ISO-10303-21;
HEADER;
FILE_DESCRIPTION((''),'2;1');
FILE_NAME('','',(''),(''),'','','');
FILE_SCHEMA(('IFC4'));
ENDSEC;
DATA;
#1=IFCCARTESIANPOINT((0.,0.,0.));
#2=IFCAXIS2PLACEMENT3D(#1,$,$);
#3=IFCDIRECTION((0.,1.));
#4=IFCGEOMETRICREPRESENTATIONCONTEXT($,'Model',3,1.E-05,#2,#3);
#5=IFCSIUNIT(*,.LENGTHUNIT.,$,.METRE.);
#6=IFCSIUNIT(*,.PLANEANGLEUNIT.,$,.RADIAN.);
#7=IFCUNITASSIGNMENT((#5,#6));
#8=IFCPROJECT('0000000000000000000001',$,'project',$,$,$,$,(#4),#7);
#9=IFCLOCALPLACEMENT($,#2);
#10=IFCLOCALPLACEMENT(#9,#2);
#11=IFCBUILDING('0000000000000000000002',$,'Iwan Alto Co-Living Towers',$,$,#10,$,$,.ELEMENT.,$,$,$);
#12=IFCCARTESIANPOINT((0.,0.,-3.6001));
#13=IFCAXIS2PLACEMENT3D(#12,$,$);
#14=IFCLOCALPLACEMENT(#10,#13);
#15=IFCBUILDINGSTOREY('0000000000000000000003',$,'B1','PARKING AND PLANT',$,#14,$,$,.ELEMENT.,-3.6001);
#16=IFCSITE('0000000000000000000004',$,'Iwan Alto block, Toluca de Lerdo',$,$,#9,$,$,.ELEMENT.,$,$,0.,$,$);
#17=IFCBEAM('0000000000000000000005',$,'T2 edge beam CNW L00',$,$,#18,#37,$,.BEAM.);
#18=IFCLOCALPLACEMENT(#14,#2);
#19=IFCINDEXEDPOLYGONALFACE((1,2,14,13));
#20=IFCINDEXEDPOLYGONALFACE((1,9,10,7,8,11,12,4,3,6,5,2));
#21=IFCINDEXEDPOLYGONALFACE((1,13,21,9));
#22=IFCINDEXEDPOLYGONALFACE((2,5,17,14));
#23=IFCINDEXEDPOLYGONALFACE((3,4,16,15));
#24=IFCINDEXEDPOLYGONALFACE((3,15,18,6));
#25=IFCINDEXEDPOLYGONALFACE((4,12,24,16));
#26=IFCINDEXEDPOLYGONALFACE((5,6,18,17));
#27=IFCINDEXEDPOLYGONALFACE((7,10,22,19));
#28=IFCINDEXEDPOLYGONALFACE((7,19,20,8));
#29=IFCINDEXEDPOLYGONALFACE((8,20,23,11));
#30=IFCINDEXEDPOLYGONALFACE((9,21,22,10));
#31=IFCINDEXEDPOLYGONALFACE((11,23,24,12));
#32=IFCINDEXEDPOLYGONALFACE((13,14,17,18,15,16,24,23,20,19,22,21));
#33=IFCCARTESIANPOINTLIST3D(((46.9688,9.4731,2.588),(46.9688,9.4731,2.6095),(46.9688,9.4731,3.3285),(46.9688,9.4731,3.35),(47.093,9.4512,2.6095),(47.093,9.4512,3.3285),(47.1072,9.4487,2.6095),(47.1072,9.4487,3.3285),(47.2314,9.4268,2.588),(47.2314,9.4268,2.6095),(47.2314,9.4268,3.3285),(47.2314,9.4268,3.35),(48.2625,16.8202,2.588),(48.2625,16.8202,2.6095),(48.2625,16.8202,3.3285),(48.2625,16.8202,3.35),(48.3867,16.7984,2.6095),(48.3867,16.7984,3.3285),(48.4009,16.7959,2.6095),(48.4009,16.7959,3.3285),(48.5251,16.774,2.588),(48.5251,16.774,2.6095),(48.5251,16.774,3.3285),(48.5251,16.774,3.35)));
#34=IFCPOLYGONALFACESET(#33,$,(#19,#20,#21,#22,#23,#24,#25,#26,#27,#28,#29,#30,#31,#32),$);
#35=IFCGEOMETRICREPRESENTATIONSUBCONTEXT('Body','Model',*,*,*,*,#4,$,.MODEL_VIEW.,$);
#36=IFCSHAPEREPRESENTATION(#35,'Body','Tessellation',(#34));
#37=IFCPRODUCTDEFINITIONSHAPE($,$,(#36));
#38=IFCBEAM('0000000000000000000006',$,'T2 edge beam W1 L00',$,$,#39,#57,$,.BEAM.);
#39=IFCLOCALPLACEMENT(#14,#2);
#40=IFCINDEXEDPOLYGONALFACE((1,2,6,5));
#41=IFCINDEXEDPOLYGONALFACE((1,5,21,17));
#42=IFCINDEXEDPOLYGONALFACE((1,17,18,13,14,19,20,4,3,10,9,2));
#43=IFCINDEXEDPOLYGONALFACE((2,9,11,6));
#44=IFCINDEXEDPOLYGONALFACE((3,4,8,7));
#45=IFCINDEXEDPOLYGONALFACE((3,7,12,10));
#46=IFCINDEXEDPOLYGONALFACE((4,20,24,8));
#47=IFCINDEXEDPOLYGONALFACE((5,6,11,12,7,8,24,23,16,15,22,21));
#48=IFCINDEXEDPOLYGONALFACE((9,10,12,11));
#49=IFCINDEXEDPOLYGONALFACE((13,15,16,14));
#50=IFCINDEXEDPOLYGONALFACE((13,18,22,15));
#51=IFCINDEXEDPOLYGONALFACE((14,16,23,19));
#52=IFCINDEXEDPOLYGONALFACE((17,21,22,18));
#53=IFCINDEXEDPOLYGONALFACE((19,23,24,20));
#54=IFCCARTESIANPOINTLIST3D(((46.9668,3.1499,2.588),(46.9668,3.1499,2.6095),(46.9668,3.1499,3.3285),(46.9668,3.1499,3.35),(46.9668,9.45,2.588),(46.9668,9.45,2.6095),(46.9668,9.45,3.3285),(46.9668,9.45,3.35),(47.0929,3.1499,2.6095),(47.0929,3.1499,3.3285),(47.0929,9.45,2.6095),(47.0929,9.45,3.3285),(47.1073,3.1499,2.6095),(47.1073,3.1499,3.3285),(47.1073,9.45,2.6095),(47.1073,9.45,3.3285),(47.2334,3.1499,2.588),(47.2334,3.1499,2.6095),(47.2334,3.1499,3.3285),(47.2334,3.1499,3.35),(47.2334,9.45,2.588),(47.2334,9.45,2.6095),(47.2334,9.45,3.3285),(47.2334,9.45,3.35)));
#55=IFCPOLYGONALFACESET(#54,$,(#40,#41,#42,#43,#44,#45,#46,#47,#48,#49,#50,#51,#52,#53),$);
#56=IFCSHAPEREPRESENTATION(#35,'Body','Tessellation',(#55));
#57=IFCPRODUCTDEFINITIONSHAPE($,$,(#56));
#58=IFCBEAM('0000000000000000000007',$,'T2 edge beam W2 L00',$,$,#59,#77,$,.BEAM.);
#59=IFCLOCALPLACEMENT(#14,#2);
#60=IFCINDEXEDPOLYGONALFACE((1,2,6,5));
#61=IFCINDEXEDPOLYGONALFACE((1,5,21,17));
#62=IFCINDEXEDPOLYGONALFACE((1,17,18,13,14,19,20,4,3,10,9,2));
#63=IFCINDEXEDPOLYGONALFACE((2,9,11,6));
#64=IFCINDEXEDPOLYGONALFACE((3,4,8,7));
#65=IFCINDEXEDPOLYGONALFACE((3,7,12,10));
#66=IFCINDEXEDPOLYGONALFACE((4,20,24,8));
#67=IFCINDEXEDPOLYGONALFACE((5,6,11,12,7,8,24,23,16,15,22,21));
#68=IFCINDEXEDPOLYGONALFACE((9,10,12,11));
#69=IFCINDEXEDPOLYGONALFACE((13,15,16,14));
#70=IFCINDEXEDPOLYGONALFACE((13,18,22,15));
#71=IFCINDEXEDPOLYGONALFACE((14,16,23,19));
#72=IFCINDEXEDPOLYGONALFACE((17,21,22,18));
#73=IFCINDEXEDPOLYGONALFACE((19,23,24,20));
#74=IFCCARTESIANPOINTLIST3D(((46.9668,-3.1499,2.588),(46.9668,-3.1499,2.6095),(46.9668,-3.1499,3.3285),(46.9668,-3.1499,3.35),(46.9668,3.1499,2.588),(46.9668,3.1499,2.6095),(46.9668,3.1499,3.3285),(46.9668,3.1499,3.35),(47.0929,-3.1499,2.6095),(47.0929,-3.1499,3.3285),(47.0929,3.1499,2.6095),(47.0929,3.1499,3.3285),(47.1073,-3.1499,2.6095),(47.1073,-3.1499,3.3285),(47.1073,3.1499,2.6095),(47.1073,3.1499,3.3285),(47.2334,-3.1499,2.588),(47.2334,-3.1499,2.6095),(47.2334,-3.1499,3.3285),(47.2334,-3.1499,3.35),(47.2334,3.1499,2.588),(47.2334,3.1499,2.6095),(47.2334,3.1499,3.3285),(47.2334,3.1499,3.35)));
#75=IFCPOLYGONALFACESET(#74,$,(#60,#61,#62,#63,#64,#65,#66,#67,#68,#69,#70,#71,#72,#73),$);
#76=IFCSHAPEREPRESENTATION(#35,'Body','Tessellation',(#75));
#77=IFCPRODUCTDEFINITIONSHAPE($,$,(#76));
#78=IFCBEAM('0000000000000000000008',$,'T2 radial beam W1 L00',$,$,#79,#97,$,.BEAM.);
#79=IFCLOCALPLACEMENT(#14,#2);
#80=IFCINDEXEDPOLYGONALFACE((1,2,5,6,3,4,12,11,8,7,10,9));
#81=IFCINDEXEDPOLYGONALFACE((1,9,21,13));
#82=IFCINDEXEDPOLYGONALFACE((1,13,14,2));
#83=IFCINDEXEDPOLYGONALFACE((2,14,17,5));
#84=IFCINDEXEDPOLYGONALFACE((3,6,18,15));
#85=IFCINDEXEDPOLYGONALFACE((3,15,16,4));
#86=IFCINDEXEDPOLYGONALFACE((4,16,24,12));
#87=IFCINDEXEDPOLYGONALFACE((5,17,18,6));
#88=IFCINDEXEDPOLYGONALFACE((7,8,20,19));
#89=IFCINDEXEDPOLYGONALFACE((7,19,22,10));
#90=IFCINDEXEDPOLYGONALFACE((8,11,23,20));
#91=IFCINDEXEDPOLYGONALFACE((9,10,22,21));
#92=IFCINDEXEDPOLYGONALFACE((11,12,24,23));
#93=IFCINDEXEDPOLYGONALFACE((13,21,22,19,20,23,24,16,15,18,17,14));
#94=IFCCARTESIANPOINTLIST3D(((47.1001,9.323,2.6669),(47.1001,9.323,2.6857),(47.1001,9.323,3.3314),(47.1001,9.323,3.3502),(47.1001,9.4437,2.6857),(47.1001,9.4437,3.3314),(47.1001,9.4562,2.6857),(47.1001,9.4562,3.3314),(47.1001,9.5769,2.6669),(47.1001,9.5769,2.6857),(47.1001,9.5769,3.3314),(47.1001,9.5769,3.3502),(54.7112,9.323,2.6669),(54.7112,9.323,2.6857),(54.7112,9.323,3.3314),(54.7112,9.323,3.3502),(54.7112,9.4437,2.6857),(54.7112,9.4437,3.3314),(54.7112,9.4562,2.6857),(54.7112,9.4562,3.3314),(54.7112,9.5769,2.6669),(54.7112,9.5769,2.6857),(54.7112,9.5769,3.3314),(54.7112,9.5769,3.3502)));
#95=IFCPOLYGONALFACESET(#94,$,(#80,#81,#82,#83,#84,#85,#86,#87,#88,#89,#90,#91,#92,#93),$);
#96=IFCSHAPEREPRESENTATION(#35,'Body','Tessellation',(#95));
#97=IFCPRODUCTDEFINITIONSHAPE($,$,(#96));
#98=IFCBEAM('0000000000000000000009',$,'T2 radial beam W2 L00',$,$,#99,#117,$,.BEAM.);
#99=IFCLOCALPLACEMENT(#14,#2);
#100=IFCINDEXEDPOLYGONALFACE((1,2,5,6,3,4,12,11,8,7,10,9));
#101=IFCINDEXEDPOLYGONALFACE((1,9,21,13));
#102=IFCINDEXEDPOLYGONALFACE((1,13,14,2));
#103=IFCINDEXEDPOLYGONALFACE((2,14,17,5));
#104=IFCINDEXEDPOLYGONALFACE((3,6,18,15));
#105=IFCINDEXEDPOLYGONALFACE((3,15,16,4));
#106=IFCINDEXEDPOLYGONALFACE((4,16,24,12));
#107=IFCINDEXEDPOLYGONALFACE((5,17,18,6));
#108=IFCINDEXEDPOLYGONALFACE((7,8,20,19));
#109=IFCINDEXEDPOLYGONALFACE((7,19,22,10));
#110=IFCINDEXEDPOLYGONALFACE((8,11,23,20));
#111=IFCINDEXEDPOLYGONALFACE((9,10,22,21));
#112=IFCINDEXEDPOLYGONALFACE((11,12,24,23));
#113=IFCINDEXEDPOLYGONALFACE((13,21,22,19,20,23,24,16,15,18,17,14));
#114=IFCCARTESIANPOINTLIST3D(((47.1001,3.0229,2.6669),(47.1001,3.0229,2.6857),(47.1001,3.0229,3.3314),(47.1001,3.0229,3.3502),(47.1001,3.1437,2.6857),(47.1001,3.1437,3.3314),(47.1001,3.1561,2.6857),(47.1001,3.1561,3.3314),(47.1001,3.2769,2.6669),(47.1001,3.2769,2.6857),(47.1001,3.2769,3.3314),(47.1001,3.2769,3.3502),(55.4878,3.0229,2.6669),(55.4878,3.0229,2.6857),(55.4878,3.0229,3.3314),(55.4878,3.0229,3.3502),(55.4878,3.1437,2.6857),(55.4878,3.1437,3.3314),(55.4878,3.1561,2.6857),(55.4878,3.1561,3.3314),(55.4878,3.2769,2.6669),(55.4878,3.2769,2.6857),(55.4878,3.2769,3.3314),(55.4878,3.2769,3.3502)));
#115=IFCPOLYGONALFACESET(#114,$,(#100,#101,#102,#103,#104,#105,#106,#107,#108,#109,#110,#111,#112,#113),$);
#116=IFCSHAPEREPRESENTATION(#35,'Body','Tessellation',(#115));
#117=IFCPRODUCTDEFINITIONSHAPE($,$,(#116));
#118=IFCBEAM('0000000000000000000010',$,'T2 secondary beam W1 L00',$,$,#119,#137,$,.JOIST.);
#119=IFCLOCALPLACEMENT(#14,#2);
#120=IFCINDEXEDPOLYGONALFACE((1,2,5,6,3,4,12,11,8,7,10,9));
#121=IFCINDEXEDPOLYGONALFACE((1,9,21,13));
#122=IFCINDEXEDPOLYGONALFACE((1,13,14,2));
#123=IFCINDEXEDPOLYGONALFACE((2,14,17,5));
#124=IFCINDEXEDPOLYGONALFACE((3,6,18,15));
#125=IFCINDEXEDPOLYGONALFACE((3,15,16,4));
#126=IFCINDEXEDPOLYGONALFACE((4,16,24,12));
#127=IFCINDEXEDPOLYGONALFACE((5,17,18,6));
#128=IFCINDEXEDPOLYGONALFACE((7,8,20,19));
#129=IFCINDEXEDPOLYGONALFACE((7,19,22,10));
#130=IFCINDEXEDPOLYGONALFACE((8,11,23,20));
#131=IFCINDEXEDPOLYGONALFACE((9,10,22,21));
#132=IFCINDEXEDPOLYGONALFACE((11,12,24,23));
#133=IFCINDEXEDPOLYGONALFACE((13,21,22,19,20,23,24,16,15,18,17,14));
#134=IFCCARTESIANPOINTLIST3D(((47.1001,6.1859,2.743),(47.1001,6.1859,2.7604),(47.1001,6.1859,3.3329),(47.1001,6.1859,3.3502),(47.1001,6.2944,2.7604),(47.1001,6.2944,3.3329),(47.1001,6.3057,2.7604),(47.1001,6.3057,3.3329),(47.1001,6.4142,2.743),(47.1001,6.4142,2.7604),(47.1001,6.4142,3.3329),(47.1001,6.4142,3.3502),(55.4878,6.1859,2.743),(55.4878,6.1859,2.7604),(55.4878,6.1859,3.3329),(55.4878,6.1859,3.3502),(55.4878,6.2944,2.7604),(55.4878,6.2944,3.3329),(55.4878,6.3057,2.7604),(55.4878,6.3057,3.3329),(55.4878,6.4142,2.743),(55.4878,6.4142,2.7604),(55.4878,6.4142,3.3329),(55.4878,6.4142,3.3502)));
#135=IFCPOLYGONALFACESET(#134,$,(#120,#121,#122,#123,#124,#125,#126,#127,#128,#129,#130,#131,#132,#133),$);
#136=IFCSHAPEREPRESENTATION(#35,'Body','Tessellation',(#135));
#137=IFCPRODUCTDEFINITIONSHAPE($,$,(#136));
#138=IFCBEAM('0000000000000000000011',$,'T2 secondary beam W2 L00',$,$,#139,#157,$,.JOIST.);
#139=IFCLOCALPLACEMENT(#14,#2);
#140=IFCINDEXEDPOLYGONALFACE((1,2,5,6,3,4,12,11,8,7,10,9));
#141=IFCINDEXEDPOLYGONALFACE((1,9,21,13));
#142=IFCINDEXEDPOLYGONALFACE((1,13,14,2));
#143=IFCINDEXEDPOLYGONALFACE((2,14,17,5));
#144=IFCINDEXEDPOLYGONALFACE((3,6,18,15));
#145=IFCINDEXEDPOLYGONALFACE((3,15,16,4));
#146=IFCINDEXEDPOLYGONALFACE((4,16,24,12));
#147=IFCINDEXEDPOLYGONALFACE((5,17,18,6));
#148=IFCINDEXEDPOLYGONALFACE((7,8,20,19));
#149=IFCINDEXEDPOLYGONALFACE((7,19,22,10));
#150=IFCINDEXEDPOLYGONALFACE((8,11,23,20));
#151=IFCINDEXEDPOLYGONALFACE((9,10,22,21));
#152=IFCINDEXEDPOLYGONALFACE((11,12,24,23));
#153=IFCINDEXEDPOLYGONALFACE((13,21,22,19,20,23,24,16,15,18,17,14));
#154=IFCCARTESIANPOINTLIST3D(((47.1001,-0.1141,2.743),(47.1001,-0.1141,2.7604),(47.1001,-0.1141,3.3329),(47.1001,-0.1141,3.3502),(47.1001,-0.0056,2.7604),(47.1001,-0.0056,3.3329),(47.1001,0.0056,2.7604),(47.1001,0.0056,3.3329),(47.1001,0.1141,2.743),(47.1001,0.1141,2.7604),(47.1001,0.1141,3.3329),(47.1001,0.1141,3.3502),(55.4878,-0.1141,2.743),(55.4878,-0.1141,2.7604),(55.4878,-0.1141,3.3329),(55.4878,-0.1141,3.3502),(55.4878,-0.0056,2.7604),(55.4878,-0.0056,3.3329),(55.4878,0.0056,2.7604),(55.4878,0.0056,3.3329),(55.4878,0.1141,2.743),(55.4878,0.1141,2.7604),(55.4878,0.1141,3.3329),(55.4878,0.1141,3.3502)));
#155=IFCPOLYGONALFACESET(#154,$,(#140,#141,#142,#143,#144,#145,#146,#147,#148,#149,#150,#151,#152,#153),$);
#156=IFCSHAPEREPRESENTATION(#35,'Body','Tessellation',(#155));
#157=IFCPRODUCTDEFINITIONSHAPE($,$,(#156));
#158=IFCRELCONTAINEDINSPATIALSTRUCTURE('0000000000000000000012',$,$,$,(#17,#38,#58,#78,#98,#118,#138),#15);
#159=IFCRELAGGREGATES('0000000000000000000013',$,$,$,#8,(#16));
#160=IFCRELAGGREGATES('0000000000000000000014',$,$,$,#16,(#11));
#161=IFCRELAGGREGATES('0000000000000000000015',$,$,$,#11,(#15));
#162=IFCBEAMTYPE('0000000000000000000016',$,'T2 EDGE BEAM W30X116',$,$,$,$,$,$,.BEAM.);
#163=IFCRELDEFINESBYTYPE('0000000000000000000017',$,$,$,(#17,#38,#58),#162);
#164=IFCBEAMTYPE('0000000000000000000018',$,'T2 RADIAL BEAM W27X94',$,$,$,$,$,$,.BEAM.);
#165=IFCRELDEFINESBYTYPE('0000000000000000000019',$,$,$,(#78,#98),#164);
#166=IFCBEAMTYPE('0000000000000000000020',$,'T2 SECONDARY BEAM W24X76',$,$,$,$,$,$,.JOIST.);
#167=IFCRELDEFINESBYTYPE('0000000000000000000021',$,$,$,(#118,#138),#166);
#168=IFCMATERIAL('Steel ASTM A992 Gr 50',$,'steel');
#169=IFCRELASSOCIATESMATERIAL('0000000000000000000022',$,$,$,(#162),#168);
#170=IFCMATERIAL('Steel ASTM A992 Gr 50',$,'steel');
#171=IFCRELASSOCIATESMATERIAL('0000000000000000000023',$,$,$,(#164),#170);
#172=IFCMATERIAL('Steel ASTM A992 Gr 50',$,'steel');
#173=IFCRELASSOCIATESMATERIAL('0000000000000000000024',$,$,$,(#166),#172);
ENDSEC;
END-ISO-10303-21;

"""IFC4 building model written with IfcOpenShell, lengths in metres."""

from ifc_helpers import new_model, si_unit, direction, frame, origin, origin_2d, place, context, subcontext, project, spatial, i_section, extrude, material, material_profile, profile_set, type_object, element, save


model = new_model("IFC4")

# Units and contexts
model_context = context("Model", 3, precision=1e-05, world=origin(), true_north=direction((0.0, 1.0)))
body_context = subcontext(model_context, "Body", "Model", "MODEL_VIEW")
ifc_project = project(units=[si_unit("LENGTHUNIT", "METRE"), si_unit("PLANEANGLEUNIT", "RADIAN")], contexts=[model_context])

# Site, building, storey
site_placement = place(None, origin())
site = spatial("IfcSite", under=ifc_project, at=site_placement, Name="Iwan Alto block, Toluca de Lerdo", CompositionType="ELEMENT", RefElevation=0.0)
building_placement = place(site_placement, origin())
building = spatial("IfcBuilding", under=site, at=building_placement, Name="Iwan Alto Co-Living Towers", CompositionType="ELEMENT")
storey_placement = place(building_placement, frame((0.0, 0.0, -3.6001)))
storey = spatial("IfcBuildingStorey", under=building, at=storey_placement, Name="B1", Description="PARKING AND PLANT", CompositionType="ELEMENT", Elevation=-3.6001)

# Beams
ifc_material_1 = material(Name="Steel ASTM A992 Gr 50", Category="steel")
ifc_material_profile_1 = material_profile(ifc_material_1, i_section(OverallWidth=0.2666, OverallDepth=0.762, WebThickness=0.0144, FlangeThickness=0.0215, at=origin_2d()), Name="W30X116")
ifc_profile_set_1 = profile_set([ifc_material_profile_1], Name="Steel ASTM A992 Gr 50")
beam_type_1 = type_object("IfcBeamType", Name="T2 EDGE BEAM W30X116", PredefinedType="BEAM", material=ifc_profile_set_1)
beam_1_placement = place(storey_placement, frame((48.3938, 16.7971, 2.969), z_axis=(-0.173414, -0.984849, 0.0), x_axis=(0.984849, -0.173414, 0.0)))
element("IfcBeam", 1, at=beam_1_placement, inside=storey, type_object=beam_type_1, Name="T2 edge beam CNW L00", PredefinedType="BEAM", context=body_context, shape_type="SweptSolid", body=[
    extrude(i_section(OverallWidth=0.2666, OverallDepth=0.762, WebThickness=0.0144, FlangeThickness=0.0215, at=origin_2d()), origin(), (0.0, 0.0, 1.0), 7.4602),
])
beam_2_placement = place(storey_placement, frame((47.1001, 9.45, 2.969), z_axis=(0.0, -1.0, 0.0), x_axis=(1.0, 0.0, 0.0)))
element("IfcBeam", 2, at=beam_2_placement, inside=storey, type_object=beam_type_1, Name="T2 edge beam W1 L00", PredefinedType="BEAM", context=body_context, shape_type="SweptSolid", body=[
    extrude(i_section(OverallWidth=0.2666, OverallDepth=0.762, WebThickness=0.0144, FlangeThickness=0.0215, at=origin_2d()), origin(), (0.0, 0.0, 1.0), 6.3),
])
beam_3_placement = place(storey_placement, frame((47.1001, 3.1499, 2.969), z_axis=(0.0, -1.0, 0.0), x_axis=(1.0, 0.0, 0.0)))
element("IfcBeam", 3, at=beam_3_placement, inside=storey, type_object=beam_type_1, Name="T2 edge beam W2 L00", PredefinedType="BEAM", context=body_context, shape_type="SweptSolid", body=[
    extrude(i_section(OverallWidth=0.2666, OverallDepth=0.762, WebThickness=0.0144, FlangeThickness=0.0215, at=origin_2d()), origin(), (0.0, 0.0, 1.0), 6.2998),
])
ifc_material_2 = material(Name="Steel ASTM A992 Gr 50", Category="steel")
ifc_material_profile_2 = material_profile(ifc_material_2, i_section(OverallWidth=0.2539, OverallDepth=0.6833, WebThickness=0.0125, FlangeThickness=0.0188, at=origin_2d()), Name="W27X94")
ifc_profile_set_2 = profile_set([ifc_material_profile_2], Name="Steel ASTM A992 Gr 50")
beam_type_2 = type_object("IfcBeamType", Name="T2 RADIAL BEAM W27X94", PredefinedType="BEAM", material=ifc_profile_set_2)
beam_4_placement = place(storey_placement, frame((47.1001, 9.45, 3.0085), z_axis=(1.0, 0.0, 0.0), x_axis=(0.0, 1.0, 0.0)))
element("IfcBeam", 4, at=beam_4_placement, inside=storey, type_object=beam_type_2, Name="T2 radial beam W1 L00", PredefinedType="BEAM", context=body_context, shape_type="SweptSolid", body=[
    extrude(i_section(OverallWidth=0.2539, OverallDepth=0.6833, WebThickness=0.0125, FlangeThickness=0.0188, at=origin_2d()), origin(), (0.0, 0.0, 1.0), 7.6111),
])
beam_5_placement = place(storey_placement, frame((47.1001, 3.1499, 3.0085), z_axis=(1.0, 0.0, 0.0), x_axis=(0.0, 1.0, 0.0)))
element("IfcBeam", 5, at=beam_5_placement, inside=storey, type_object=beam_type_2, Name="T2 radial beam W2 L00", PredefinedType="BEAM", context=body_context, shape_type="SweptSolid", body=[
    extrude(i_section(OverallWidth=0.2539, OverallDepth=0.6833, WebThickness=0.0125, FlangeThickness=0.0188, at=origin_2d()), origin(), (0.0, 0.0, 1.0), 8.3877),
])
ifc_material_3 = material(Name="Steel ASTM A992 Gr 50", Category="steel")
ifc_material_profile_3 = material_profile(ifc_material_3, i_section(OverallWidth=0.2283, OverallDepth=0.6072, WebThickness=0.0112, FlangeThickness=0.0173, at=origin_2d()), Name="W24X76")
ifc_profile_set_3 = profile_set([ifc_material_profile_3], Name="Steel ASTM A992 Gr 50")
beam_type_3 = type_object("IfcBeamType", Name="T2 SECONDARY BEAM W24X76", PredefinedType="JOIST", material=ifc_profile_set_3)
for number, where, z_axis, x_axis, name in (
    (6, (47.1001, 6.3, 3.0466), (1.0, 0.0, 0.0), (0.0, 1.0, 0.0), "T2 secondary beam W1 L00"),
    (7, (47.1001, 0.0, 3.0466), (1.0, 0.0, 0.0), (0.0, 1.0, 0.0), "T2 secondary beam W2 L00"),
):
    element("IfcBeam", number, at=place(storey_placement, frame(where, z_axis=z_axis, x_axis=x_axis)), inside=storey, type_object=beam_type_3, Name=name, PredefinedType="JOIST", context=body_context, shape_type="SweptSolid", body=[
        extrude(i_section(OverallWidth=0.2283, OverallDepth=0.6072, WebThickness=0.0112, FlangeThickness=0.0173, at=origin_2d()), origin(), (0.0, 0.0, 1.0), 8.3877),
    ])

save(model, "model.ifc")
